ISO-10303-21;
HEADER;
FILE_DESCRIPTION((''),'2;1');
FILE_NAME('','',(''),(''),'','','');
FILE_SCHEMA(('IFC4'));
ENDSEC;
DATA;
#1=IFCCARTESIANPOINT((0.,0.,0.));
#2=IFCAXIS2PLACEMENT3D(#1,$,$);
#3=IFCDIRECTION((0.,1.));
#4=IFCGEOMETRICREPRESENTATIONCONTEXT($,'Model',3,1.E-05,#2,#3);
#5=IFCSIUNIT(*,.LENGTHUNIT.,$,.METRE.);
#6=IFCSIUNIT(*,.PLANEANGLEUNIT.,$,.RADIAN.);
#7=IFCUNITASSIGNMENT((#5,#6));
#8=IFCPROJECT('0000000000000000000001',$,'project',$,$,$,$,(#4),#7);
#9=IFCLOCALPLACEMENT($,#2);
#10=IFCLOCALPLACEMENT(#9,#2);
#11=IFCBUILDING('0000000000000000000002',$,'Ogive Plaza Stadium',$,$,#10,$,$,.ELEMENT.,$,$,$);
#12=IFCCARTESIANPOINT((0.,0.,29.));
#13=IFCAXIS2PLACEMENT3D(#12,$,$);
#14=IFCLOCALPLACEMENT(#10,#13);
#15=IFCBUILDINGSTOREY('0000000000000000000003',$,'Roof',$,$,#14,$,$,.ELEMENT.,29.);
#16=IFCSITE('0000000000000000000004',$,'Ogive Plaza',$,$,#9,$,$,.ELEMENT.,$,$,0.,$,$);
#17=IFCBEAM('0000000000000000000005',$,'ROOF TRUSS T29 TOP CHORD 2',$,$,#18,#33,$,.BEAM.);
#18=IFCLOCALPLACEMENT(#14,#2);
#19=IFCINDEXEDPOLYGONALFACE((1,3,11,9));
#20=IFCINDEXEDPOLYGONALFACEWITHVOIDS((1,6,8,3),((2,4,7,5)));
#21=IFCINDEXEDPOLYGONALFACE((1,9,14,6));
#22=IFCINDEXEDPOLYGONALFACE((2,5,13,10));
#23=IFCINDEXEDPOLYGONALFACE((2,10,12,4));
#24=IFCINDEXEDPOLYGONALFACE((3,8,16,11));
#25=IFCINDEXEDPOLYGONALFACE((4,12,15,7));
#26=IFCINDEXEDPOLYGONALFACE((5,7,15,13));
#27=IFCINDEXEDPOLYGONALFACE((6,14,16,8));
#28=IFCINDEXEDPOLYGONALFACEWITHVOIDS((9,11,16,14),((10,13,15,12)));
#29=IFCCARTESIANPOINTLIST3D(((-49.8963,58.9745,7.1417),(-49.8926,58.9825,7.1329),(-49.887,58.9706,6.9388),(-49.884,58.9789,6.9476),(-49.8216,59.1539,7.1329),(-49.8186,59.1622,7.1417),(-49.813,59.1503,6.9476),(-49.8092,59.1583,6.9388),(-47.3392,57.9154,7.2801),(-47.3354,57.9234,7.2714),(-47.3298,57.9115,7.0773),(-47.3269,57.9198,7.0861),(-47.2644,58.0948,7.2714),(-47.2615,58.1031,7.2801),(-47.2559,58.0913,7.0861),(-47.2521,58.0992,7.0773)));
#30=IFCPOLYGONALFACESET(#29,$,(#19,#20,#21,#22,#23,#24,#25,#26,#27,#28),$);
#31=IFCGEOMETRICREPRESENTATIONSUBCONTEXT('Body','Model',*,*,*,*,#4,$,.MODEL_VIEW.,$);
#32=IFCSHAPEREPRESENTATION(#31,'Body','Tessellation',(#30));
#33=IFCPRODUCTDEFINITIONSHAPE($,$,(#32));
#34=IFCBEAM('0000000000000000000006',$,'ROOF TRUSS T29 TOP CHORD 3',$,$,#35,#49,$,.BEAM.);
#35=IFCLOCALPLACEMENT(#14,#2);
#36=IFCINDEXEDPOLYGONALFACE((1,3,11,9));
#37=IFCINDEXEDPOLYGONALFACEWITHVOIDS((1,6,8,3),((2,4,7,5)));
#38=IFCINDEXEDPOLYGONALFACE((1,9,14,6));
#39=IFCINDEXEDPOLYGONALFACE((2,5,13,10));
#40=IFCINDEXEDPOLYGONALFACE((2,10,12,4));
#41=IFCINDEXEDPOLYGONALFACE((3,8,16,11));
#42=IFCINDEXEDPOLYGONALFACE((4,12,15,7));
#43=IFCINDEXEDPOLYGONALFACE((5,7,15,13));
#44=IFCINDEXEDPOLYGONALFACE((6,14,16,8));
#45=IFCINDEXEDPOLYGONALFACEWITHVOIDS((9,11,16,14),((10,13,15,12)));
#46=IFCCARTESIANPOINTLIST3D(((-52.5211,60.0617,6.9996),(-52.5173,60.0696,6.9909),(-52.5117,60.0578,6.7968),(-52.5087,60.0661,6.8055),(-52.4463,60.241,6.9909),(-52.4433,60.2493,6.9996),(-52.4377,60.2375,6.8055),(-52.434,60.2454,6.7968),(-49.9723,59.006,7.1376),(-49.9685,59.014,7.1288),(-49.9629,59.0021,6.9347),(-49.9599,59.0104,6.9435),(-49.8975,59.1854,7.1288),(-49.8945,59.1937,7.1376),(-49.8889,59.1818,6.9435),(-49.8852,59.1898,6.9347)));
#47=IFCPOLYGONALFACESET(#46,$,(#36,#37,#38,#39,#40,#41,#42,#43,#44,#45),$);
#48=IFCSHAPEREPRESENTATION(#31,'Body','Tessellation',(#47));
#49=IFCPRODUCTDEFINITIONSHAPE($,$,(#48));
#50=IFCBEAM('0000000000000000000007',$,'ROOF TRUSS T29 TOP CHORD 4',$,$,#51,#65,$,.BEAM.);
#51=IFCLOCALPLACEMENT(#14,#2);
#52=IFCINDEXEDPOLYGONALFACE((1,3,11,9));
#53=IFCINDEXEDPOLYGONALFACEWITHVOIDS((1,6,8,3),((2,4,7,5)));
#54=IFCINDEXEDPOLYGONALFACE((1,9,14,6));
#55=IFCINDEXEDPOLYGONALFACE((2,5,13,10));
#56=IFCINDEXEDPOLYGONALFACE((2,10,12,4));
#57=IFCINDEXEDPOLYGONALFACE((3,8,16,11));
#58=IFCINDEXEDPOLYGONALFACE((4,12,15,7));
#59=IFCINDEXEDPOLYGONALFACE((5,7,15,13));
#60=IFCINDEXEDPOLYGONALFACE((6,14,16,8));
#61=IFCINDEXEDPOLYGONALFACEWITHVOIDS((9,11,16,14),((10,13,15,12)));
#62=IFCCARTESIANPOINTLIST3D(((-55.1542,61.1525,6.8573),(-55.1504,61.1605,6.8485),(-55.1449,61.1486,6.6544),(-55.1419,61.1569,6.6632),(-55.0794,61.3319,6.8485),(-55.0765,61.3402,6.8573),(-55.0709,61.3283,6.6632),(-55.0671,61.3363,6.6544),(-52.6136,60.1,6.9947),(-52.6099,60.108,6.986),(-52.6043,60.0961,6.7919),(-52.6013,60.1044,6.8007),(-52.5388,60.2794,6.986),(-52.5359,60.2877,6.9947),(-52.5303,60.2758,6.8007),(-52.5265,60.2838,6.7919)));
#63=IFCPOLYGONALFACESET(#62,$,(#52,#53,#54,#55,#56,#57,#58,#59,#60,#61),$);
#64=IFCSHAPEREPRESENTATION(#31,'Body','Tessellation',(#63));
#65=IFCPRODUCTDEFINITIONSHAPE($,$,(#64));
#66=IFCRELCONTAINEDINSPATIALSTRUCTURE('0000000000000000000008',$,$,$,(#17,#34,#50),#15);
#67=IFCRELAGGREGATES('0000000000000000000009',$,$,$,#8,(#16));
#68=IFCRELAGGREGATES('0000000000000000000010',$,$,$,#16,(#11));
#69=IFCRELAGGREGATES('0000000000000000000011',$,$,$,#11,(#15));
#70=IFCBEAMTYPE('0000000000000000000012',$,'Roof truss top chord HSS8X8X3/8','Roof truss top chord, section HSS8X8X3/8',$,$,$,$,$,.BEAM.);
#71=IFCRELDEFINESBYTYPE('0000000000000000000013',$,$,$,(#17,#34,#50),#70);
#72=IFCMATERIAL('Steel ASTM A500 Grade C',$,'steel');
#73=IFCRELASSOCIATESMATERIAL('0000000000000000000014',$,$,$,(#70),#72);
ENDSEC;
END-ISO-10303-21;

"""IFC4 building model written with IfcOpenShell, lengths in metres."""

from ifc_helpers import new_model, si_unit, direction, frame, origin, origin_2d, place, context, subcontext, project, spatial, hollow_rectangle, extrude, material, material_profile, profile_set, type_object, element, save


model = new_model("IFC4")

# Units and contexts
model_context = context("Model", 3, precision=1e-05, world=origin(), true_north=direction((0.0, 1.0)))
body_context = subcontext(model_context, "Body", "Model", "MODEL_VIEW")
ifc_project = project(units=[si_unit("LENGTHUNIT", "METRE"), si_unit("PLANEANGLEUNIT", "RADIAN")], contexts=[model_context])

# Site, building, storey
site_placement = place(None, origin())
site = spatial("IfcSite", under=ifc_project, at=site_placement, Name="Ogive Plaza", CompositionType="ELEMENT", RefElevation=0.0)
building_placement = place(site_placement, origin())
building = spatial("IfcBuilding", under=site, at=building_placement, Name="Ogive Plaza Stadium", CompositionType="ELEMENT")
storey_placement = place(building_placement, frame((0.0, 0.0, 29.0)))
storey = spatial("IfcBuildingStorey", under=building, at=storey_placement, Name="Roof", CompositionType="ELEMENT", Elevation=29.0)

# Beams
ifc_material_1 = material(Name="Steel ASTM A500 Grade C", Category="steel")
ifc_material_profile_1 = material_profile(ifc_material_1, hollow_rectangle(XDim=0.2031, YDim=0.2031, WallThickness=0.0088, at=origin_2d()), Name="HSS8X8X3/8")
ifc_profile_set_1 = profile_set([ifc_material_profile_1], Name="Steel ASTM A500 Grade C")
beam_type_1 = type_object("IfcBeamType", Name="Roof truss top chord HSS8X8X3/8", Description="Roof truss top chord, section HSS8X8X3/8", PredefinedType="BEAM", material=ifc_profile_set_1)
beam_1_placement = place(storey_placement, frame((-47.2957, 58.0073, 7.1787), z_axis=(-0.922741, 0.38217, -0.049952), x_axis=(-0.382648, -0.923894, 0.0)))
element("IfcBeam", 1, at=beam_1_placement, inside=storey, type_object=beam_type_1, Name="ROOF TRUSS T29 TOP CHORD 2", PredefinedType="BEAM", context=body_context, shape_type="SweptSolid", body=[
    extrude(hollow_rectangle(XDim=0.2031, YDim=0.2031, WallThickness=0.0088, at=origin_2d()), origin(), (0.0, 0.0, 1.0), 2.7712),
])
beam_2_placement = place(storey_placement, frame((-49.9287, 59.0979, 7.0361), z_axis=(-0.922739, 0.382177, -0.049938), x_axis=(-0.382654, -0.923892, 0.0)))
element("IfcBeam", 2, at=beam_2_placement, inside=storey, type_object=beam_type_1, Name="ROOF TRUSS T29 TOP CHORD 3", PredefinedType="BEAM", context=body_context, shape_type="SweptSolid", body=[
    extrude(hollow_rectangle(XDim=0.2031, YDim=0.2031, WallThickness=0.0088, at=origin_2d()), origin(), (0.0, 0.0, 1.0), 2.7622),
])
beam_3_placement = place(storey_placement, frame((-52.5701, 60.1919, 6.8933), z_axis=(-0.922706, 0.382259, -0.049922), x_axis=(-0.382736, -0.923858, 0.0)))
element("IfcBeam", 3, at=beam_3_placement, inside=storey, type_object=beam_type_1, Name="ROOF TRUSS T29 TOP CHORD 4", PredefinedType="BEAM", context=body_context, shape_type="SweptSolid", body=[
    extrude(hollow_rectangle(XDim=0.2031, YDim=0.2031, WallThickness=0.0088, at=origin_2d()), origin(), (0.0, 0.0, 1.0), 2.7534),
])

save(model, "model.ifc")
